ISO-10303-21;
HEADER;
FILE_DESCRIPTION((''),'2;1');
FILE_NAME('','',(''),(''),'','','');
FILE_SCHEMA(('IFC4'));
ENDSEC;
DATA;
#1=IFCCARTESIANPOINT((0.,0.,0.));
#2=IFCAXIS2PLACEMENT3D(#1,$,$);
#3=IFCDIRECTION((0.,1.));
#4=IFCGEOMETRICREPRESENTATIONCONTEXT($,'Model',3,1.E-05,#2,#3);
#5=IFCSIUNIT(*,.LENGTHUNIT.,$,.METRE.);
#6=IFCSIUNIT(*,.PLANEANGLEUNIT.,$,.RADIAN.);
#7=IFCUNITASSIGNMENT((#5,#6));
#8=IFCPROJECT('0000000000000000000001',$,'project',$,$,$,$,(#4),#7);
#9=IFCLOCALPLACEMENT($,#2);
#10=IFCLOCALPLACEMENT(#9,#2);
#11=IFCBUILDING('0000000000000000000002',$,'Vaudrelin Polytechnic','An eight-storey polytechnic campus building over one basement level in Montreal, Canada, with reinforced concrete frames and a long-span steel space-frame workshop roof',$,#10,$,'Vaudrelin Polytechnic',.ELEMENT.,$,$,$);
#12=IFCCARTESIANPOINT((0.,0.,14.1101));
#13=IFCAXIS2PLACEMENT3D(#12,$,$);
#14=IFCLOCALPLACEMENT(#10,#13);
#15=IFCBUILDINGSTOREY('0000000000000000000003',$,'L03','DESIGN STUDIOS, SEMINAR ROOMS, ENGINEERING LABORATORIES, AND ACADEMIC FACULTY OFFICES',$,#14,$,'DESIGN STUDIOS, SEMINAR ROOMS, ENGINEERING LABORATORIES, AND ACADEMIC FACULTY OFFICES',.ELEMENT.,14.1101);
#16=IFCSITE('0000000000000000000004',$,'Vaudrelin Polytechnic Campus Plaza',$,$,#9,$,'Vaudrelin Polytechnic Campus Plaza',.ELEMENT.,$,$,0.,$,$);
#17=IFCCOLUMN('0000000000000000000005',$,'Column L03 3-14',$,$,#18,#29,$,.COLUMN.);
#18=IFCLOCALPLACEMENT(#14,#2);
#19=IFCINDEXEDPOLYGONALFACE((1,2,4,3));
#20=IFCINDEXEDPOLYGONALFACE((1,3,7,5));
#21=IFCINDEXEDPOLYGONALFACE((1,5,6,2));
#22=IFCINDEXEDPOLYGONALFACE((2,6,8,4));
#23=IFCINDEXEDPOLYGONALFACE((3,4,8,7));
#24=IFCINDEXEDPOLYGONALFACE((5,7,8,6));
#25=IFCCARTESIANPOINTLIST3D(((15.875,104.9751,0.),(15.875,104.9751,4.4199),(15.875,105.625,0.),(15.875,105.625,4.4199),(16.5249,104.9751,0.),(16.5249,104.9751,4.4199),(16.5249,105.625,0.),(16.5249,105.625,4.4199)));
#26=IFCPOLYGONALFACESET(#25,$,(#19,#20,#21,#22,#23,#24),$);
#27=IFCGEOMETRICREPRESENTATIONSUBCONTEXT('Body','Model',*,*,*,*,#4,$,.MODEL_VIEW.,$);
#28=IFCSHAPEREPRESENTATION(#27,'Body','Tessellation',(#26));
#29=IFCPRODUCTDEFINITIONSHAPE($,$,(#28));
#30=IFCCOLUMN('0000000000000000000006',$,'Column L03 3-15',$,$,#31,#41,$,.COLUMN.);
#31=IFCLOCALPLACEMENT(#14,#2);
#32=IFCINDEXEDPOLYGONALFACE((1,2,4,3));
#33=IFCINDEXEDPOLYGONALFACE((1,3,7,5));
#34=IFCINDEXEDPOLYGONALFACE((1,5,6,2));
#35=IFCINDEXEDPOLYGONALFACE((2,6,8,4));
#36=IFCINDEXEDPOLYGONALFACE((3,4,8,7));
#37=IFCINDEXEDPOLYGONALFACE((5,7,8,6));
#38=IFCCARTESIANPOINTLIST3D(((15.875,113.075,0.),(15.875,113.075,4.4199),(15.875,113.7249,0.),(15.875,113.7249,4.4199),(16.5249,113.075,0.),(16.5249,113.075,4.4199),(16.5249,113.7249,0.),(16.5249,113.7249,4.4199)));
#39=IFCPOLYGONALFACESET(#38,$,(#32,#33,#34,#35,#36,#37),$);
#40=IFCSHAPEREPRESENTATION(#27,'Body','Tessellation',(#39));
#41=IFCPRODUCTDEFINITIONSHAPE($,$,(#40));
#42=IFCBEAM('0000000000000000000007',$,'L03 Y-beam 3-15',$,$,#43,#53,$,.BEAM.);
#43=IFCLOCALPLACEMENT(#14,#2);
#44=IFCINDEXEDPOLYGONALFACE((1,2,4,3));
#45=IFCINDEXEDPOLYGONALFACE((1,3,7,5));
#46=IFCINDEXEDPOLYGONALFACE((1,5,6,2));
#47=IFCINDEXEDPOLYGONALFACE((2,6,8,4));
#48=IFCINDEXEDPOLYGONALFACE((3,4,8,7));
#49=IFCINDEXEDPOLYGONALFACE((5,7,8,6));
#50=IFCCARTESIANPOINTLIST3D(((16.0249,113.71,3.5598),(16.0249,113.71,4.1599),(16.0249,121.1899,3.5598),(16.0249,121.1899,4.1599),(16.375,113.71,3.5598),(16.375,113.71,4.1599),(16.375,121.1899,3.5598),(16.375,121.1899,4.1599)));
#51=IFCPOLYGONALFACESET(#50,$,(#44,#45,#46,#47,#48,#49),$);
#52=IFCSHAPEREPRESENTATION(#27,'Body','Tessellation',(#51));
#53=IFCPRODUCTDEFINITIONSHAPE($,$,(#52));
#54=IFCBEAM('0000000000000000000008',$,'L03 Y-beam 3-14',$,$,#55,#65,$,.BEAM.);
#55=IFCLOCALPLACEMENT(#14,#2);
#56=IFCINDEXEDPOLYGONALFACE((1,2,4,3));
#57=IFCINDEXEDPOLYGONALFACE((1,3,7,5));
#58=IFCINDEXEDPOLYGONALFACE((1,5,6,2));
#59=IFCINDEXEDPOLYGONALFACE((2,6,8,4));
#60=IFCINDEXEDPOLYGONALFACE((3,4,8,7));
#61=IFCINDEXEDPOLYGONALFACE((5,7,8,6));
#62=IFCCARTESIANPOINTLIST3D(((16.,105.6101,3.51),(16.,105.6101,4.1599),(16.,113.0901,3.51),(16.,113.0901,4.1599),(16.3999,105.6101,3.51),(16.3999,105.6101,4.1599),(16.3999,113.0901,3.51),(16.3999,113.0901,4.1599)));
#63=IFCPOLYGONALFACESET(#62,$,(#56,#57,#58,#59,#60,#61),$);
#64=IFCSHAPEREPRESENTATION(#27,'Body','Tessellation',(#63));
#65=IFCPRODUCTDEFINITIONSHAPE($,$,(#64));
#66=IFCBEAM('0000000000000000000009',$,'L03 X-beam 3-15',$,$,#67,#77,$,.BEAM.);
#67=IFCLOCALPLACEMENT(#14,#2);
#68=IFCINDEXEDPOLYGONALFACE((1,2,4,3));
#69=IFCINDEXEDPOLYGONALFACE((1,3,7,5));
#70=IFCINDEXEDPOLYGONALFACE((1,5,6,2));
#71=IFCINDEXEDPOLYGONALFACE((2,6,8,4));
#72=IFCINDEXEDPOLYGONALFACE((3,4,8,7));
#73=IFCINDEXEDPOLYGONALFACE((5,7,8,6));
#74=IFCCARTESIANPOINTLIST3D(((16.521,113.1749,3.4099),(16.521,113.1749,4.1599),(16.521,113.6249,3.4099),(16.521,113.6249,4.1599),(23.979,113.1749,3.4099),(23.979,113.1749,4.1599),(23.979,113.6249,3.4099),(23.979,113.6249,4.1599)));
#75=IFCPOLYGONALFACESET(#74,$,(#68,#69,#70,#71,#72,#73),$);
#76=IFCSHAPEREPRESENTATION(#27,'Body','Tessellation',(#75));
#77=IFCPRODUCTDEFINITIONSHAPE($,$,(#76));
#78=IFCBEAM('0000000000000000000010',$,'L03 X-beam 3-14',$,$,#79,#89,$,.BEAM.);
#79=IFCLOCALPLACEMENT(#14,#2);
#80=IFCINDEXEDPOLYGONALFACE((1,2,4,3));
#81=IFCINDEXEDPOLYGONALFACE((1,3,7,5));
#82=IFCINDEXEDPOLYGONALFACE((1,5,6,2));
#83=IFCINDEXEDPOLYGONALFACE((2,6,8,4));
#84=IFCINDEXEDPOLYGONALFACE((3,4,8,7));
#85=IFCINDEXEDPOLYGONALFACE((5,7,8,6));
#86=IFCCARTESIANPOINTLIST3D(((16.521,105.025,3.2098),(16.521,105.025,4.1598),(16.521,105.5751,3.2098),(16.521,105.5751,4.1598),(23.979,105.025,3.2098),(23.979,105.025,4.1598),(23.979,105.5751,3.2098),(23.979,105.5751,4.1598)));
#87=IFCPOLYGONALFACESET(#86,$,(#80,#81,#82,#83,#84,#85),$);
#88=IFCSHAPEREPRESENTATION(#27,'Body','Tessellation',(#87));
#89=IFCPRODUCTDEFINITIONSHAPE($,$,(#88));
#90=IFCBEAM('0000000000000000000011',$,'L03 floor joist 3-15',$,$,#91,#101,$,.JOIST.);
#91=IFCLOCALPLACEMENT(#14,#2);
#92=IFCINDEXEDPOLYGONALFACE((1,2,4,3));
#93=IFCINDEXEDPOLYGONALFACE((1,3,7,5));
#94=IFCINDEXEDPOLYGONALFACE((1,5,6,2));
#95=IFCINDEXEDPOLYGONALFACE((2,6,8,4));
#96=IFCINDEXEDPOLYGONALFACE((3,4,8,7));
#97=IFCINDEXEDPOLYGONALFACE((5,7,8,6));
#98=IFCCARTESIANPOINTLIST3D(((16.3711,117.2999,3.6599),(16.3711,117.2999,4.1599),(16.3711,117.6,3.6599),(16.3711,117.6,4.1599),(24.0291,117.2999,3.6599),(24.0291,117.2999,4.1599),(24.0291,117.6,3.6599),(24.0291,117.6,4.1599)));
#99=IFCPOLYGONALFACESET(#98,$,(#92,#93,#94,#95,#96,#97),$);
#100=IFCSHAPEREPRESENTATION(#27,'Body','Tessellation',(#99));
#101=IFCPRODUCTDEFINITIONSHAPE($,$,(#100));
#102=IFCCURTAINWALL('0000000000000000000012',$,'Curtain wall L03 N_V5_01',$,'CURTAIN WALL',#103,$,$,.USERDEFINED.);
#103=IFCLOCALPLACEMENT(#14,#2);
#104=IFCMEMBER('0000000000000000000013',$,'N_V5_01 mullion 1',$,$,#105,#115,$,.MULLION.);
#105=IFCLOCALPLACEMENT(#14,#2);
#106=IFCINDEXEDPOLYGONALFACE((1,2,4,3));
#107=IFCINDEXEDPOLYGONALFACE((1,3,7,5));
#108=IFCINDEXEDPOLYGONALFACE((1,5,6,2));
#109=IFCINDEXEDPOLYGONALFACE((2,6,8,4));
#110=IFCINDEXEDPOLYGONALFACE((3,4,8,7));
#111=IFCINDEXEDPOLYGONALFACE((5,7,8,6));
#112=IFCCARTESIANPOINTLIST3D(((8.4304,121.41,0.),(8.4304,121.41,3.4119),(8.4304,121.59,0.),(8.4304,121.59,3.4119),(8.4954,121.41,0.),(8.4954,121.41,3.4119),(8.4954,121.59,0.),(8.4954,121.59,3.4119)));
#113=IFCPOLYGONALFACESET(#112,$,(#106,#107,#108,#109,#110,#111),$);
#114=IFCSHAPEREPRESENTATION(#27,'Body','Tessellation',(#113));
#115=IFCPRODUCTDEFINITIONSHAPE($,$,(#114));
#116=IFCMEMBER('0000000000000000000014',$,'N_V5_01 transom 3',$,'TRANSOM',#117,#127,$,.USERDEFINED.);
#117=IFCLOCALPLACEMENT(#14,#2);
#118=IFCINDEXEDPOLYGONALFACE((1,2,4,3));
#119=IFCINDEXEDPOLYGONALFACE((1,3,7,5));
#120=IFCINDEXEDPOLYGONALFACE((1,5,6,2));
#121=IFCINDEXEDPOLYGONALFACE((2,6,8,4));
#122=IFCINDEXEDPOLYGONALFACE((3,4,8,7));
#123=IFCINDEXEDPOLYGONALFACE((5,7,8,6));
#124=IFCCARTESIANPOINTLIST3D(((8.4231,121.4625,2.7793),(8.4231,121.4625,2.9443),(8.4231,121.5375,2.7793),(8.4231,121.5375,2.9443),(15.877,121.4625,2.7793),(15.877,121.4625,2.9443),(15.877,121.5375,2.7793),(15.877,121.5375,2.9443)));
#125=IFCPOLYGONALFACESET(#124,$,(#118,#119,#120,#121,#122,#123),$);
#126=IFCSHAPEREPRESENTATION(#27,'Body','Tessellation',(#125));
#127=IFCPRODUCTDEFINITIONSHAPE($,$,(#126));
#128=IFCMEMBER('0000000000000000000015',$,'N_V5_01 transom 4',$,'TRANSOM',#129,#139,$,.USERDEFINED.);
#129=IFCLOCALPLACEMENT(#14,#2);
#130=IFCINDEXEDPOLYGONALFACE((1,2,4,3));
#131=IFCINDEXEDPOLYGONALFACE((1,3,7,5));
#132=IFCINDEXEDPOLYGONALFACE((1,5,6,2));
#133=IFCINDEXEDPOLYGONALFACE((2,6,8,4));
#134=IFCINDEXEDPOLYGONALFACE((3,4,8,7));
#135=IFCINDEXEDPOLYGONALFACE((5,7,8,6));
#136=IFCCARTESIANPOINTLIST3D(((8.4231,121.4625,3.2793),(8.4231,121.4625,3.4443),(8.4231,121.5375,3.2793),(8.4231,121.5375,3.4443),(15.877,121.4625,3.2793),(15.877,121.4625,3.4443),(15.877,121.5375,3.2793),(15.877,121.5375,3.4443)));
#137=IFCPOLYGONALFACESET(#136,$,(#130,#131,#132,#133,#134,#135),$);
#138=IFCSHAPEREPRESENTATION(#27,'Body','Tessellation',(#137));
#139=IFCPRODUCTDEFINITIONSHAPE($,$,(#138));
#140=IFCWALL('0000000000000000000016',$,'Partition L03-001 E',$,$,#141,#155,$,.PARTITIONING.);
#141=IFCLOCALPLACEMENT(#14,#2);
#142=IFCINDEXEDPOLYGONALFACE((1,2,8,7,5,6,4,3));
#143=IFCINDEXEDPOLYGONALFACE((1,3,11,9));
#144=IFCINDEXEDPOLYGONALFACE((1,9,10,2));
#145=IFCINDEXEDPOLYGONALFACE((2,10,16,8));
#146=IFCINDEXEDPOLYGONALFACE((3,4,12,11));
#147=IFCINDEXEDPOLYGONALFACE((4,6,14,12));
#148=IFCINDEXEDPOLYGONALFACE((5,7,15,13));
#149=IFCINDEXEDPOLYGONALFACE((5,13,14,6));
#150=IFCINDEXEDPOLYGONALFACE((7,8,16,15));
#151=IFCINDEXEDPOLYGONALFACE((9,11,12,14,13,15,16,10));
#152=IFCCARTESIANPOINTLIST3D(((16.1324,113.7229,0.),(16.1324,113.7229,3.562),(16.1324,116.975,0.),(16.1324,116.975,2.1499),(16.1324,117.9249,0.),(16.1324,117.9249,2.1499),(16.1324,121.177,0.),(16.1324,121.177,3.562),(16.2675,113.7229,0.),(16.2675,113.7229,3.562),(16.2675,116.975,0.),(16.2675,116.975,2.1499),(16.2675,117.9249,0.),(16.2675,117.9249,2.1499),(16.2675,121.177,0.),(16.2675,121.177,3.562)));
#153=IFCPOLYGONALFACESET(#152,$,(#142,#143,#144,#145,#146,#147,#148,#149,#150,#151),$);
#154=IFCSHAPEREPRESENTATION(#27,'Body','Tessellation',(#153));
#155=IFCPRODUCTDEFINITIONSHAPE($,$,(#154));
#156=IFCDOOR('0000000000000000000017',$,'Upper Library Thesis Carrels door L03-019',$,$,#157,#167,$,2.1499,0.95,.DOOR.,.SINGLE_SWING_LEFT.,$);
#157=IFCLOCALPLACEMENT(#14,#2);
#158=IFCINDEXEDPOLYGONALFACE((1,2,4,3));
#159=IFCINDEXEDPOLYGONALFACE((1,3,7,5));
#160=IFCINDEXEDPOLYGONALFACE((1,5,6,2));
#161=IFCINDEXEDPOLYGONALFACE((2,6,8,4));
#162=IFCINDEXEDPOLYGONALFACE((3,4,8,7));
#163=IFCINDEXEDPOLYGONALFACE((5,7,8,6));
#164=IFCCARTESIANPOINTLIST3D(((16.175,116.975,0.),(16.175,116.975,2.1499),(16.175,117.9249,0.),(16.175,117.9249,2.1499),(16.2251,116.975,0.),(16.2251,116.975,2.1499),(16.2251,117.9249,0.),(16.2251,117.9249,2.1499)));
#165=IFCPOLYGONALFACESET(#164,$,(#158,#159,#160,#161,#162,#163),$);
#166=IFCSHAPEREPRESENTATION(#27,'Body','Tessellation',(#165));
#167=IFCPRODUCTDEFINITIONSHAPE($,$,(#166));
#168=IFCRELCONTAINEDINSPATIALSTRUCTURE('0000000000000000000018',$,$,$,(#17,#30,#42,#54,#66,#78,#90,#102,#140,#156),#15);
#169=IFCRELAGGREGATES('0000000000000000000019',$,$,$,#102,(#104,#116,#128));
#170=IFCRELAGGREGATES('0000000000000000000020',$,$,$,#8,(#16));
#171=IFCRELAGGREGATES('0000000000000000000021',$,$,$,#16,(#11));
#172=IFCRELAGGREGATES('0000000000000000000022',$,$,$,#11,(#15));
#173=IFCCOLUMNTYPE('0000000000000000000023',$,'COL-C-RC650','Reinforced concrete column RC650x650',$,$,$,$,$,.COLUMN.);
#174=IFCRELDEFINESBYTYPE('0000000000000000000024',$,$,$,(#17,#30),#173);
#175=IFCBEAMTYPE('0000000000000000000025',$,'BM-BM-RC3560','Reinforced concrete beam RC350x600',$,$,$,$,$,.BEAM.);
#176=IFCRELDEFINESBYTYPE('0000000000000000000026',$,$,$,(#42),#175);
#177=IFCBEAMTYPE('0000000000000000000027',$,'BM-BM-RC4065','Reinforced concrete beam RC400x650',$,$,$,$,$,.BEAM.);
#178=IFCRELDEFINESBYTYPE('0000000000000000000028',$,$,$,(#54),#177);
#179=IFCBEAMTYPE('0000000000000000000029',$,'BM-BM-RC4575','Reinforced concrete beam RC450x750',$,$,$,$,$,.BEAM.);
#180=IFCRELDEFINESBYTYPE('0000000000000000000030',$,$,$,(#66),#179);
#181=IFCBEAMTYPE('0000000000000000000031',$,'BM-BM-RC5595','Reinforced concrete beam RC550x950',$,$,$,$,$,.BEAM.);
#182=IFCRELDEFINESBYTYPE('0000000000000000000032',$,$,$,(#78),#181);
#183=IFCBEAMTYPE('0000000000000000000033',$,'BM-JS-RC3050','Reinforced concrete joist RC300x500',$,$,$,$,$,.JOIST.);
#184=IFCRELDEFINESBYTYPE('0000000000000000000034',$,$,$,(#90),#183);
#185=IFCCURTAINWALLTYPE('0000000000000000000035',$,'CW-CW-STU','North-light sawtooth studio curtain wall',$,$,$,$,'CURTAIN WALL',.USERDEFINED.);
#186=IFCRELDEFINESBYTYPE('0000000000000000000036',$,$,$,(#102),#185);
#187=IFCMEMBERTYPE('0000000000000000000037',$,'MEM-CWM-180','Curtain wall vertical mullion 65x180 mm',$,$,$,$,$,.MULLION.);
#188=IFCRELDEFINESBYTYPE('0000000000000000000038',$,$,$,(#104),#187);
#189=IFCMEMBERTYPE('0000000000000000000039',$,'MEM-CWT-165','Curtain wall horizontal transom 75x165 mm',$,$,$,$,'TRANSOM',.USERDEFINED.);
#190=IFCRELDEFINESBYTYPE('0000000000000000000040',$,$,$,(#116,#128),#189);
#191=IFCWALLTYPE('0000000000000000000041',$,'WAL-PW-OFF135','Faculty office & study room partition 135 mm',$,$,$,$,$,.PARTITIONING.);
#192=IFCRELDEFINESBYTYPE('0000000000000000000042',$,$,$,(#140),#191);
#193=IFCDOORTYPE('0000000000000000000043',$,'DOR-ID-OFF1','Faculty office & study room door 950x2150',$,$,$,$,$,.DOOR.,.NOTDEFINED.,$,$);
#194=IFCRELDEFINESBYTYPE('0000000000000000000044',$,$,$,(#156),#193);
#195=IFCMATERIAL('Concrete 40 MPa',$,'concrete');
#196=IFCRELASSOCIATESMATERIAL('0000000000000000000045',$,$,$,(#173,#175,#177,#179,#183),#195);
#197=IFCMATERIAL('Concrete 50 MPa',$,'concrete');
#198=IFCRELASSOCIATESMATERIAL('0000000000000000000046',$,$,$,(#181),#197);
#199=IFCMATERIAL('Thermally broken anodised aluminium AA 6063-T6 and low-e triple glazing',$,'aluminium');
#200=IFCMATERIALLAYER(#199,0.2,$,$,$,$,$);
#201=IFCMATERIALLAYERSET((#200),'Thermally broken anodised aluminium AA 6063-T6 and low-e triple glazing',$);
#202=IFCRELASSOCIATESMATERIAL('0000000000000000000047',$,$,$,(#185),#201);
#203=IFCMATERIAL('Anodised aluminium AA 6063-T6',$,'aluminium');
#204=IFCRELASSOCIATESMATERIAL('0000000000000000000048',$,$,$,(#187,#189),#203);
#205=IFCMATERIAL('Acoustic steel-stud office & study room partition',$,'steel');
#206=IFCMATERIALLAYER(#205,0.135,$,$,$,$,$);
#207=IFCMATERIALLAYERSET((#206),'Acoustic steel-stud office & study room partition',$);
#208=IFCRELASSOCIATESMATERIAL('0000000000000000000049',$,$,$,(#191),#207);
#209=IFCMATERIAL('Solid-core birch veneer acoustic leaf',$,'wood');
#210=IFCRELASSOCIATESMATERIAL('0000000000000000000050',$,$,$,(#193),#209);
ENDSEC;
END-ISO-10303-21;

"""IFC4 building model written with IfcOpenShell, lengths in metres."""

from ifc_helpers import new_model, si_unit, direction, frame, frame_2d, origin, origin_2d, place, context, subcontext, project, spatial, rectangle, extrude, material, layer, layer_set, material_profile, profile_set, type_object, element, fill, aggregate, save


model = new_model("IFC4")

# Units and contexts
model_context = context("Model", 3, precision=1e-05, world=origin(), true_north=direction((0.0, 1.0)))
body_context = subcontext(model_context, "Body", "Model", "MODEL_VIEW")
ifc_project = project(units=[si_unit("LENGTHUNIT", "METRE"), si_unit("PLANEANGLEUNIT", "RADIAN")], contexts=[model_context])

# Site, building, storey
site_placement = place(None, origin())
site = spatial("IfcSite", under=ifc_project, at=site_placement, Name="Vaudrelin Polytechnic Campus Plaza", LongName="Vaudrelin Polytechnic Campus Plaza", CompositionType="ELEMENT", RefElevation=0.0)
building_placement = place(site_placement, origin())
building = spatial("IfcBuilding", under=site, at=building_placement, Name="Vaudrelin Polytechnic", Description="An eight-storey polytechnic campus building over one basement level in Montreal, Canada, with reinforced concrete frames and a long-span steel space-frame workshop roof", LongName="Vaudrelin Polytechnic", CompositionType="ELEMENT")
storey_placement = place(building_placement, frame((0.0, 0.0, 14.1101)))
storey = spatial("IfcBuildingStorey", under=building, at=storey_placement, Name="L03", Description="DESIGN STUDIOS, SEMINAR ROOMS, ENGINEERING LABORATORIES, AND ACADEMIC FACULTY OFFICES", LongName="DESIGN STUDIOS, SEMINAR ROOMS, ENGINEERING LABORATORIES, AND ACADEMIC FACULTY OFFICES", CompositionType="ELEMENT", Elevation=14.1101)

# Columns
ifc_material_1 = material(Name="Concrete 40 MPa", Category="concrete")
ifc_material_profile_1 = material_profile(ifc_material_1, rectangle(XDim=0.6499, YDim=0.6499, at=origin_2d()), Name="RC650x650")
ifc_profile_set_1 = profile_set([ifc_material_profile_1], Name="Concrete 40 MPa")
column_type = type_object("IfcColumnType", Name="COL-C-RC650", Description="Reinforced concrete column RC650x650", PredefinedType="COLUMN", material=ifc_profile_set_1)
for number, where, z_axis, x_axis, name in (
    (1, (16.2, 105.3, 0.0), (0.0, 0.0, 1.0), (1.0, 0.0, 0.0), "Column L03 3-14"),
    (2, (16.2, 113.3999, 0.0), (0.0, 0.0, 1.0), (1.0, 0.0, 0.0), "Column L03 3-15"),
):
    element("IfcColumn", number, at=place(storey_placement, frame(where, z_axis=z_axis, x_axis=x_axis)), inside=storey, type_object=column_type, Name=name, PredefinedType="COLUMN", context=body_context, shape_type="SweptSolid", body=[
        extrude(rectangle(XDim=0.6499, YDim=0.6499, at=origin_2d()), origin(), (0.0, 0.0, 1.0), 4.4199),
    ])

# Beams
ifc_material_profile_2 = material_profile(ifc_material_1, rectangle(XDim=0.3501, YDim=0.6001, at=origin_2d()), Name="RC350x600")
ifc_profile_set_2 = profile_set([ifc_material_profile_2], Name="Concrete 40 MPa")
beam_type_1 = type_object("IfcBeamType", Name="BM-BM-RC3560", Description="Reinforced concrete beam RC350x600", PredefinedType="BEAM", material=ifc_profile_set_2)
beam_1_placement = place(storey_placement, frame((16.2, 113.71, 3.8599), z_axis=(0.0, 1.0, 0.0), x_axis=(-1.0, 0.0, 0.0)))
element("IfcBeam", 3, at=beam_1_placement, inside=storey, type_object=beam_type_1, Name="L03 Y-beam 3-15", PredefinedType="BEAM", context=body_context, shape_type="SweptSolid", body=[
    extrude(rectangle(XDim=0.3501, YDim=0.6001, at=origin_2d()), origin(), (0.0, 0.0, 1.0), 7.48),
])
ifc_material_profile_3 = material_profile(ifc_material_1, rectangle(XDim=0.3999, YDim=0.6499, at=origin_2d()), Name="RC400x650")
ifc_profile_set_3 = profile_set([ifc_material_profile_3], Name="Concrete 40 MPa")
beam_type_2 = type_object("IfcBeamType", Name="BM-BM-RC4065", Description="Reinforced concrete beam RC400x650", PredefinedType="BEAM", material=ifc_profile_set_3)
beam_2_placement = place(storey_placement, frame((16.2, 105.6101, 3.835), z_axis=(0.0, 1.0, 0.0), x_axis=(-1.0, 0.0, 0.0)))
element("IfcBeam", 4, at=beam_2_placement, inside=storey, type_object=beam_type_2, Name="L03 Y-beam 3-14", PredefinedType="BEAM", context=body_context, shape_type="SweptSolid", body=[
    extrude(rectangle(XDim=0.3999, YDim=0.6499, at=origin_2d()), origin(), (0.0, 0.0, 1.0), 7.48),
])
ifc_material_profile_4 = material_profile(ifc_material_1, rectangle(XDim=0.45, YDim=0.75, at=origin_2d()), Name="RC450x750")
ifc_profile_set_4 = profile_set([ifc_material_profile_4], Name="Concrete 40 MPa")
beam_type_3 = type_object("IfcBeamType", Name="BM-BM-RC4575", Description="Reinforced concrete beam RC450x750", PredefinedType="BEAM", material=ifc_profile_set_4)
beam_3_placement = place(storey_placement, frame((16.521, 113.3999, 3.7849), z_axis=(1.0, 0.0, 0.0), x_axis=(0.0, 1.0, 0.0)))
element("IfcBeam", 5, at=beam_3_placement, inside=storey, type_object=beam_type_3, Name="L03 X-beam 3-15", PredefinedType="BEAM", context=body_context, shape_type="SweptSolid", body=[
    extrude(rectangle(XDim=0.45, YDim=0.75, at=origin_2d()), origin(), (0.0, 0.0, 1.0), 7.458),
])
ifc_material_2 = material(Name="Concrete 50 MPa", Category="concrete")
ifc_material_profile_5 = material_profile(ifc_material_2, rectangle(XDim=0.55, YDim=0.95, at=origin_2d()), Name="RC550x950")
ifc_profile_set_5 = profile_set([ifc_material_profile_5], Name="Concrete 50 MPa")
beam_type_4 = type_object("IfcBeamType", Name="BM-BM-RC5595", Description="Reinforced concrete beam RC550x950", PredefinedType="BEAM", material=ifc_profile_set_5)
beam_4_placement = place(storey_placement, frame((16.521, 105.3, 3.6848), z_axis=(1.0, 0.0, 0.0), x_axis=(0.0, 1.0, 0.0)))
element("IfcBeam", 6, at=beam_4_placement, inside=storey, type_object=beam_type_4, Name="L03 X-beam 3-14", PredefinedType="BEAM", context=body_context, shape_type="SweptSolid", body=[
    extrude(rectangle(XDim=0.55, YDim=0.95, at=origin_2d()), origin(), (0.0, 0.0, 1.0), 7.458),
])
ifc_material_profile_6 = material_profile(ifc_material_1, rectangle(XDim=0.3, YDim=0.5, at=origin_2d()), Name="RC300x500")
ifc_profile_set_6 = profile_set([ifc_material_profile_6], Name="Concrete 40 MPa")
beam_type_5 = type_object("IfcBeamType", Name="BM-JS-RC3050", Description="Reinforced concrete joist RC300x500", PredefinedType="JOIST", material=ifc_profile_set_6)
beam_5_placement = place(storey_placement, frame((16.3711, 117.45, 3.9099), z_axis=(1.0, 0.0, 0.0), x_axis=(0.0, 1.0, 0.0)))
element("IfcBeam", 7, at=beam_5_placement, inside=storey, type_object=beam_type_5, Name="L03 floor joist 3-15", PredefinedType="JOIST", context=body_context, shape_type="SweptSolid", body=[
    extrude(rectangle(XDim=0.3, YDim=0.5, at=origin_2d()), origin(), (0.0, 0.0, 1.0), 7.658),
])

# Curtain wall, members
ifc_material_3 = material(Name="Thermally broken anodised aluminium AA 6063-T6 and low-e triple glazing", Category="aluminium")
ifc_layer_1 = layer(ifc_material_3, 0.2)
ifc_layer_set_1 = layer_set([ifc_layer_1], Name="Thermally broken anodised aluminium AA 6063-T6 and low-e triple glazing")
curtain_wall_type = type_object("IfcCurtainWallType", Name="CW-CW-STU", Description="North-light sawtooth studio curtain wall", ElementType="CURTAIN WALL", PredefinedType="USERDEFINED", material=ifc_layer_set_1)
curtain_wall_placement = place(storey_placement, origin())
curtain_wall = element("IfcCurtainWall", 8, at=curtain_wall_placement, inside=storey, type_object=curtain_wall_type, Name="Curtain wall L03 N_V5_01", ObjectType="CURTAIN WALL", PredefinedType="USERDEFINED")
ifc_material_4 = material(Name="Anodised aluminium AA 6063-T6", Category="aluminium")
ifc_material_profile_7 = material_profile(ifc_material_4, rectangle(XDim=0.0649, YDim=0.1799, at=origin_2d()), Name="CWM-65x180")
ifc_profile_set_7 = profile_set([ifc_material_profile_7], Name="Anodised aluminium AA 6063-T6")
member_type_1 = type_object("IfcMemberType", Name="MEM-CWM-180", Description="Curtain wall vertical mullion 65x180 mm", PredefinedType="MULLION", material=ifc_profile_set_7)
member_1_placement = place(storey_placement, frame((8.4629, 121.5, 0.0), z_axis=(0.0, 0.0, 1.0), x_axis=(1.0, 0.0, 0.0)))
member_1 = element("IfcMember", 9, at=member_1_placement, type_object=member_type_1, Name="N_V5_01 mullion 1", PredefinedType="MULLION", context=body_context, shape_type="SweptSolid", body=[
    extrude(rectangle(XDim=0.0649, YDim=0.1799, at=origin_2d()), origin(), (0.0, 0.0, 1.0), 3.4119),
])
ifc_material_profile_8 = material_profile(ifc_material_4, rectangle(XDim=0.075, YDim=0.165, at=origin_2d()), Name="CWT-75x165")
ifc_profile_set_8 = profile_set([ifc_material_profile_8], Name="Anodised aluminium AA 6063-T6")
member_type_2 = type_object("IfcMemberType", Name="MEM-CWT-165", Description="Curtain wall horizontal transom 75x165 mm", ElementType="TRANSOM", PredefinedType="USERDEFINED", material=ifc_profile_set_8)
member_2_placement = place(storey_placement, frame((8.4231, 121.5, 2.8618), z_axis=(1.0, 0.0, 0.0), x_axis=(0.0, 1.0, 0.0)))
member_2 = element("IfcMember", 10, at=member_2_placement, type_object=member_type_2, Name="N_V5_01 transom 3", ObjectType="TRANSOM", PredefinedType="USERDEFINED", context=body_context, shape_type="SweptSolid", body=[
    extrude(rectangle(XDim=0.075, YDim=0.165, at=origin_2d()), origin(), (0.0, 0.0, 1.0), 7.4539),
])
member_3_placement = place(storey_placement, frame((8.4231, 121.5, 3.3618), z_axis=(1.0, 0.0, 0.0), x_axis=(0.0, 1.0, 0.0)))
member_3 = element("IfcMember", 11, at=member_3_placement, type_object=member_type_2, Name="N_V5_01 transom 4", ObjectType="TRANSOM", PredefinedType="USERDEFINED", context=body_context, shape_type="SweptSolid", body=[
    extrude(rectangle(XDim=0.075, YDim=0.165, at=origin_2d()), origin(), (0.0, 0.0, 1.0), 7.4539),
])
aggregate(curtain_wall, [member_1, member_2, member_3])

# Wall, opening, door
ifc_material_5 = material(Name="Acoustic steel-stud office & study room partition", Category="steel")
ifc_layer_2 = layer(ifc_material_5, 0.135)
ifc_layer_set_2 = layer_set([ifc_layer_2], Name="Acoustic steel-stud office & study room partition")
wall_type_1 = type_object("IfcWallType", Name="WAL-PW-OFF135", Description="Faculty office & study room partition 135 mm", PredefinedType="PARTITIONING", material=ifc_layer_set_2)
wall_1_placement = place(storey_placement, frame((16.2, 113.7229, 0.0), z_axis=(0.0, 0.0, 1.0), x_axis=(0.0, 1.0, 0.0)))
wall_1 = element("IfcWall", 12, at=wall_1_placement, inside=storey, type_object=wall_type_1, Name="Partition L03-001 E", PredefinedType="PARTITIONING", context=body_context, shape_type="SweptSolid", body=[
    extrude(rectangle(XDim=7.4541, YDim=0.135, at=frame_2d((3.7271, 0.0))), origin(), (0.0, 0.0, 1.0), 3.562),
])
opening_1_placement = place(wall_1_placement, frame((3.252, 0.0, 0.0)))
opening_1 = element("IfcOpeningElement", 13, at=opening_1_placement, cuts=wall_1, PredefinedType="OPENING", context=body_context, shape_type="SweptSolid", body=[
    extrude(rectangle(XDim=0.95, YDim=2.1499, at=frame_2d((0.4751, 1.075))), frame((0.0, 0.0776, 0.0), z_axis=(0.0, -1.0, 0.0), x_axis=(1.0, 0.0, 0.0)), (0.0, 0.0, 1.0), 0.155),
])
ifc_material_6 = material(Name="Solid-core birch veneer acoustic leaf", Category="wood")
door_type_1 = type_object("IfcDoorType", Name="DOR-ID-OFF1", Description="Faculty office & study room door 950x2150", OperationType="NOTDEFINED", PredefinedType="DOOR", material=ifc_material_6)
door_1_placement = place(opening_1_placement, origin())
door_1 = element("IfcDoor", 14, at=door_1_placement, inside=storey, type_object=door_type_1, Name="Upper Library Thesis Carrels door L03-019", OperationType="SINGLE_SWING_LEFT", OverallHeight=2.1499, OverallWidth=0.95, PredefinedType="DOOR", context=body_context, shape_type="SweptSolid", body=[
    extrude(rectangle(XDim=0.95, YDim=2.1499, at=frame_2d((0.4751, 1.075))), frame((0.0, 0.0249, 0.0), z_axis=(0.0, -1.0, 0.0), x_axis=(1.0, 0.0, 0.0)), (0.0, 0.0, 1.0), 0.05),
])
fill(opening_1, door_1)

save(model, "model.ifc")
